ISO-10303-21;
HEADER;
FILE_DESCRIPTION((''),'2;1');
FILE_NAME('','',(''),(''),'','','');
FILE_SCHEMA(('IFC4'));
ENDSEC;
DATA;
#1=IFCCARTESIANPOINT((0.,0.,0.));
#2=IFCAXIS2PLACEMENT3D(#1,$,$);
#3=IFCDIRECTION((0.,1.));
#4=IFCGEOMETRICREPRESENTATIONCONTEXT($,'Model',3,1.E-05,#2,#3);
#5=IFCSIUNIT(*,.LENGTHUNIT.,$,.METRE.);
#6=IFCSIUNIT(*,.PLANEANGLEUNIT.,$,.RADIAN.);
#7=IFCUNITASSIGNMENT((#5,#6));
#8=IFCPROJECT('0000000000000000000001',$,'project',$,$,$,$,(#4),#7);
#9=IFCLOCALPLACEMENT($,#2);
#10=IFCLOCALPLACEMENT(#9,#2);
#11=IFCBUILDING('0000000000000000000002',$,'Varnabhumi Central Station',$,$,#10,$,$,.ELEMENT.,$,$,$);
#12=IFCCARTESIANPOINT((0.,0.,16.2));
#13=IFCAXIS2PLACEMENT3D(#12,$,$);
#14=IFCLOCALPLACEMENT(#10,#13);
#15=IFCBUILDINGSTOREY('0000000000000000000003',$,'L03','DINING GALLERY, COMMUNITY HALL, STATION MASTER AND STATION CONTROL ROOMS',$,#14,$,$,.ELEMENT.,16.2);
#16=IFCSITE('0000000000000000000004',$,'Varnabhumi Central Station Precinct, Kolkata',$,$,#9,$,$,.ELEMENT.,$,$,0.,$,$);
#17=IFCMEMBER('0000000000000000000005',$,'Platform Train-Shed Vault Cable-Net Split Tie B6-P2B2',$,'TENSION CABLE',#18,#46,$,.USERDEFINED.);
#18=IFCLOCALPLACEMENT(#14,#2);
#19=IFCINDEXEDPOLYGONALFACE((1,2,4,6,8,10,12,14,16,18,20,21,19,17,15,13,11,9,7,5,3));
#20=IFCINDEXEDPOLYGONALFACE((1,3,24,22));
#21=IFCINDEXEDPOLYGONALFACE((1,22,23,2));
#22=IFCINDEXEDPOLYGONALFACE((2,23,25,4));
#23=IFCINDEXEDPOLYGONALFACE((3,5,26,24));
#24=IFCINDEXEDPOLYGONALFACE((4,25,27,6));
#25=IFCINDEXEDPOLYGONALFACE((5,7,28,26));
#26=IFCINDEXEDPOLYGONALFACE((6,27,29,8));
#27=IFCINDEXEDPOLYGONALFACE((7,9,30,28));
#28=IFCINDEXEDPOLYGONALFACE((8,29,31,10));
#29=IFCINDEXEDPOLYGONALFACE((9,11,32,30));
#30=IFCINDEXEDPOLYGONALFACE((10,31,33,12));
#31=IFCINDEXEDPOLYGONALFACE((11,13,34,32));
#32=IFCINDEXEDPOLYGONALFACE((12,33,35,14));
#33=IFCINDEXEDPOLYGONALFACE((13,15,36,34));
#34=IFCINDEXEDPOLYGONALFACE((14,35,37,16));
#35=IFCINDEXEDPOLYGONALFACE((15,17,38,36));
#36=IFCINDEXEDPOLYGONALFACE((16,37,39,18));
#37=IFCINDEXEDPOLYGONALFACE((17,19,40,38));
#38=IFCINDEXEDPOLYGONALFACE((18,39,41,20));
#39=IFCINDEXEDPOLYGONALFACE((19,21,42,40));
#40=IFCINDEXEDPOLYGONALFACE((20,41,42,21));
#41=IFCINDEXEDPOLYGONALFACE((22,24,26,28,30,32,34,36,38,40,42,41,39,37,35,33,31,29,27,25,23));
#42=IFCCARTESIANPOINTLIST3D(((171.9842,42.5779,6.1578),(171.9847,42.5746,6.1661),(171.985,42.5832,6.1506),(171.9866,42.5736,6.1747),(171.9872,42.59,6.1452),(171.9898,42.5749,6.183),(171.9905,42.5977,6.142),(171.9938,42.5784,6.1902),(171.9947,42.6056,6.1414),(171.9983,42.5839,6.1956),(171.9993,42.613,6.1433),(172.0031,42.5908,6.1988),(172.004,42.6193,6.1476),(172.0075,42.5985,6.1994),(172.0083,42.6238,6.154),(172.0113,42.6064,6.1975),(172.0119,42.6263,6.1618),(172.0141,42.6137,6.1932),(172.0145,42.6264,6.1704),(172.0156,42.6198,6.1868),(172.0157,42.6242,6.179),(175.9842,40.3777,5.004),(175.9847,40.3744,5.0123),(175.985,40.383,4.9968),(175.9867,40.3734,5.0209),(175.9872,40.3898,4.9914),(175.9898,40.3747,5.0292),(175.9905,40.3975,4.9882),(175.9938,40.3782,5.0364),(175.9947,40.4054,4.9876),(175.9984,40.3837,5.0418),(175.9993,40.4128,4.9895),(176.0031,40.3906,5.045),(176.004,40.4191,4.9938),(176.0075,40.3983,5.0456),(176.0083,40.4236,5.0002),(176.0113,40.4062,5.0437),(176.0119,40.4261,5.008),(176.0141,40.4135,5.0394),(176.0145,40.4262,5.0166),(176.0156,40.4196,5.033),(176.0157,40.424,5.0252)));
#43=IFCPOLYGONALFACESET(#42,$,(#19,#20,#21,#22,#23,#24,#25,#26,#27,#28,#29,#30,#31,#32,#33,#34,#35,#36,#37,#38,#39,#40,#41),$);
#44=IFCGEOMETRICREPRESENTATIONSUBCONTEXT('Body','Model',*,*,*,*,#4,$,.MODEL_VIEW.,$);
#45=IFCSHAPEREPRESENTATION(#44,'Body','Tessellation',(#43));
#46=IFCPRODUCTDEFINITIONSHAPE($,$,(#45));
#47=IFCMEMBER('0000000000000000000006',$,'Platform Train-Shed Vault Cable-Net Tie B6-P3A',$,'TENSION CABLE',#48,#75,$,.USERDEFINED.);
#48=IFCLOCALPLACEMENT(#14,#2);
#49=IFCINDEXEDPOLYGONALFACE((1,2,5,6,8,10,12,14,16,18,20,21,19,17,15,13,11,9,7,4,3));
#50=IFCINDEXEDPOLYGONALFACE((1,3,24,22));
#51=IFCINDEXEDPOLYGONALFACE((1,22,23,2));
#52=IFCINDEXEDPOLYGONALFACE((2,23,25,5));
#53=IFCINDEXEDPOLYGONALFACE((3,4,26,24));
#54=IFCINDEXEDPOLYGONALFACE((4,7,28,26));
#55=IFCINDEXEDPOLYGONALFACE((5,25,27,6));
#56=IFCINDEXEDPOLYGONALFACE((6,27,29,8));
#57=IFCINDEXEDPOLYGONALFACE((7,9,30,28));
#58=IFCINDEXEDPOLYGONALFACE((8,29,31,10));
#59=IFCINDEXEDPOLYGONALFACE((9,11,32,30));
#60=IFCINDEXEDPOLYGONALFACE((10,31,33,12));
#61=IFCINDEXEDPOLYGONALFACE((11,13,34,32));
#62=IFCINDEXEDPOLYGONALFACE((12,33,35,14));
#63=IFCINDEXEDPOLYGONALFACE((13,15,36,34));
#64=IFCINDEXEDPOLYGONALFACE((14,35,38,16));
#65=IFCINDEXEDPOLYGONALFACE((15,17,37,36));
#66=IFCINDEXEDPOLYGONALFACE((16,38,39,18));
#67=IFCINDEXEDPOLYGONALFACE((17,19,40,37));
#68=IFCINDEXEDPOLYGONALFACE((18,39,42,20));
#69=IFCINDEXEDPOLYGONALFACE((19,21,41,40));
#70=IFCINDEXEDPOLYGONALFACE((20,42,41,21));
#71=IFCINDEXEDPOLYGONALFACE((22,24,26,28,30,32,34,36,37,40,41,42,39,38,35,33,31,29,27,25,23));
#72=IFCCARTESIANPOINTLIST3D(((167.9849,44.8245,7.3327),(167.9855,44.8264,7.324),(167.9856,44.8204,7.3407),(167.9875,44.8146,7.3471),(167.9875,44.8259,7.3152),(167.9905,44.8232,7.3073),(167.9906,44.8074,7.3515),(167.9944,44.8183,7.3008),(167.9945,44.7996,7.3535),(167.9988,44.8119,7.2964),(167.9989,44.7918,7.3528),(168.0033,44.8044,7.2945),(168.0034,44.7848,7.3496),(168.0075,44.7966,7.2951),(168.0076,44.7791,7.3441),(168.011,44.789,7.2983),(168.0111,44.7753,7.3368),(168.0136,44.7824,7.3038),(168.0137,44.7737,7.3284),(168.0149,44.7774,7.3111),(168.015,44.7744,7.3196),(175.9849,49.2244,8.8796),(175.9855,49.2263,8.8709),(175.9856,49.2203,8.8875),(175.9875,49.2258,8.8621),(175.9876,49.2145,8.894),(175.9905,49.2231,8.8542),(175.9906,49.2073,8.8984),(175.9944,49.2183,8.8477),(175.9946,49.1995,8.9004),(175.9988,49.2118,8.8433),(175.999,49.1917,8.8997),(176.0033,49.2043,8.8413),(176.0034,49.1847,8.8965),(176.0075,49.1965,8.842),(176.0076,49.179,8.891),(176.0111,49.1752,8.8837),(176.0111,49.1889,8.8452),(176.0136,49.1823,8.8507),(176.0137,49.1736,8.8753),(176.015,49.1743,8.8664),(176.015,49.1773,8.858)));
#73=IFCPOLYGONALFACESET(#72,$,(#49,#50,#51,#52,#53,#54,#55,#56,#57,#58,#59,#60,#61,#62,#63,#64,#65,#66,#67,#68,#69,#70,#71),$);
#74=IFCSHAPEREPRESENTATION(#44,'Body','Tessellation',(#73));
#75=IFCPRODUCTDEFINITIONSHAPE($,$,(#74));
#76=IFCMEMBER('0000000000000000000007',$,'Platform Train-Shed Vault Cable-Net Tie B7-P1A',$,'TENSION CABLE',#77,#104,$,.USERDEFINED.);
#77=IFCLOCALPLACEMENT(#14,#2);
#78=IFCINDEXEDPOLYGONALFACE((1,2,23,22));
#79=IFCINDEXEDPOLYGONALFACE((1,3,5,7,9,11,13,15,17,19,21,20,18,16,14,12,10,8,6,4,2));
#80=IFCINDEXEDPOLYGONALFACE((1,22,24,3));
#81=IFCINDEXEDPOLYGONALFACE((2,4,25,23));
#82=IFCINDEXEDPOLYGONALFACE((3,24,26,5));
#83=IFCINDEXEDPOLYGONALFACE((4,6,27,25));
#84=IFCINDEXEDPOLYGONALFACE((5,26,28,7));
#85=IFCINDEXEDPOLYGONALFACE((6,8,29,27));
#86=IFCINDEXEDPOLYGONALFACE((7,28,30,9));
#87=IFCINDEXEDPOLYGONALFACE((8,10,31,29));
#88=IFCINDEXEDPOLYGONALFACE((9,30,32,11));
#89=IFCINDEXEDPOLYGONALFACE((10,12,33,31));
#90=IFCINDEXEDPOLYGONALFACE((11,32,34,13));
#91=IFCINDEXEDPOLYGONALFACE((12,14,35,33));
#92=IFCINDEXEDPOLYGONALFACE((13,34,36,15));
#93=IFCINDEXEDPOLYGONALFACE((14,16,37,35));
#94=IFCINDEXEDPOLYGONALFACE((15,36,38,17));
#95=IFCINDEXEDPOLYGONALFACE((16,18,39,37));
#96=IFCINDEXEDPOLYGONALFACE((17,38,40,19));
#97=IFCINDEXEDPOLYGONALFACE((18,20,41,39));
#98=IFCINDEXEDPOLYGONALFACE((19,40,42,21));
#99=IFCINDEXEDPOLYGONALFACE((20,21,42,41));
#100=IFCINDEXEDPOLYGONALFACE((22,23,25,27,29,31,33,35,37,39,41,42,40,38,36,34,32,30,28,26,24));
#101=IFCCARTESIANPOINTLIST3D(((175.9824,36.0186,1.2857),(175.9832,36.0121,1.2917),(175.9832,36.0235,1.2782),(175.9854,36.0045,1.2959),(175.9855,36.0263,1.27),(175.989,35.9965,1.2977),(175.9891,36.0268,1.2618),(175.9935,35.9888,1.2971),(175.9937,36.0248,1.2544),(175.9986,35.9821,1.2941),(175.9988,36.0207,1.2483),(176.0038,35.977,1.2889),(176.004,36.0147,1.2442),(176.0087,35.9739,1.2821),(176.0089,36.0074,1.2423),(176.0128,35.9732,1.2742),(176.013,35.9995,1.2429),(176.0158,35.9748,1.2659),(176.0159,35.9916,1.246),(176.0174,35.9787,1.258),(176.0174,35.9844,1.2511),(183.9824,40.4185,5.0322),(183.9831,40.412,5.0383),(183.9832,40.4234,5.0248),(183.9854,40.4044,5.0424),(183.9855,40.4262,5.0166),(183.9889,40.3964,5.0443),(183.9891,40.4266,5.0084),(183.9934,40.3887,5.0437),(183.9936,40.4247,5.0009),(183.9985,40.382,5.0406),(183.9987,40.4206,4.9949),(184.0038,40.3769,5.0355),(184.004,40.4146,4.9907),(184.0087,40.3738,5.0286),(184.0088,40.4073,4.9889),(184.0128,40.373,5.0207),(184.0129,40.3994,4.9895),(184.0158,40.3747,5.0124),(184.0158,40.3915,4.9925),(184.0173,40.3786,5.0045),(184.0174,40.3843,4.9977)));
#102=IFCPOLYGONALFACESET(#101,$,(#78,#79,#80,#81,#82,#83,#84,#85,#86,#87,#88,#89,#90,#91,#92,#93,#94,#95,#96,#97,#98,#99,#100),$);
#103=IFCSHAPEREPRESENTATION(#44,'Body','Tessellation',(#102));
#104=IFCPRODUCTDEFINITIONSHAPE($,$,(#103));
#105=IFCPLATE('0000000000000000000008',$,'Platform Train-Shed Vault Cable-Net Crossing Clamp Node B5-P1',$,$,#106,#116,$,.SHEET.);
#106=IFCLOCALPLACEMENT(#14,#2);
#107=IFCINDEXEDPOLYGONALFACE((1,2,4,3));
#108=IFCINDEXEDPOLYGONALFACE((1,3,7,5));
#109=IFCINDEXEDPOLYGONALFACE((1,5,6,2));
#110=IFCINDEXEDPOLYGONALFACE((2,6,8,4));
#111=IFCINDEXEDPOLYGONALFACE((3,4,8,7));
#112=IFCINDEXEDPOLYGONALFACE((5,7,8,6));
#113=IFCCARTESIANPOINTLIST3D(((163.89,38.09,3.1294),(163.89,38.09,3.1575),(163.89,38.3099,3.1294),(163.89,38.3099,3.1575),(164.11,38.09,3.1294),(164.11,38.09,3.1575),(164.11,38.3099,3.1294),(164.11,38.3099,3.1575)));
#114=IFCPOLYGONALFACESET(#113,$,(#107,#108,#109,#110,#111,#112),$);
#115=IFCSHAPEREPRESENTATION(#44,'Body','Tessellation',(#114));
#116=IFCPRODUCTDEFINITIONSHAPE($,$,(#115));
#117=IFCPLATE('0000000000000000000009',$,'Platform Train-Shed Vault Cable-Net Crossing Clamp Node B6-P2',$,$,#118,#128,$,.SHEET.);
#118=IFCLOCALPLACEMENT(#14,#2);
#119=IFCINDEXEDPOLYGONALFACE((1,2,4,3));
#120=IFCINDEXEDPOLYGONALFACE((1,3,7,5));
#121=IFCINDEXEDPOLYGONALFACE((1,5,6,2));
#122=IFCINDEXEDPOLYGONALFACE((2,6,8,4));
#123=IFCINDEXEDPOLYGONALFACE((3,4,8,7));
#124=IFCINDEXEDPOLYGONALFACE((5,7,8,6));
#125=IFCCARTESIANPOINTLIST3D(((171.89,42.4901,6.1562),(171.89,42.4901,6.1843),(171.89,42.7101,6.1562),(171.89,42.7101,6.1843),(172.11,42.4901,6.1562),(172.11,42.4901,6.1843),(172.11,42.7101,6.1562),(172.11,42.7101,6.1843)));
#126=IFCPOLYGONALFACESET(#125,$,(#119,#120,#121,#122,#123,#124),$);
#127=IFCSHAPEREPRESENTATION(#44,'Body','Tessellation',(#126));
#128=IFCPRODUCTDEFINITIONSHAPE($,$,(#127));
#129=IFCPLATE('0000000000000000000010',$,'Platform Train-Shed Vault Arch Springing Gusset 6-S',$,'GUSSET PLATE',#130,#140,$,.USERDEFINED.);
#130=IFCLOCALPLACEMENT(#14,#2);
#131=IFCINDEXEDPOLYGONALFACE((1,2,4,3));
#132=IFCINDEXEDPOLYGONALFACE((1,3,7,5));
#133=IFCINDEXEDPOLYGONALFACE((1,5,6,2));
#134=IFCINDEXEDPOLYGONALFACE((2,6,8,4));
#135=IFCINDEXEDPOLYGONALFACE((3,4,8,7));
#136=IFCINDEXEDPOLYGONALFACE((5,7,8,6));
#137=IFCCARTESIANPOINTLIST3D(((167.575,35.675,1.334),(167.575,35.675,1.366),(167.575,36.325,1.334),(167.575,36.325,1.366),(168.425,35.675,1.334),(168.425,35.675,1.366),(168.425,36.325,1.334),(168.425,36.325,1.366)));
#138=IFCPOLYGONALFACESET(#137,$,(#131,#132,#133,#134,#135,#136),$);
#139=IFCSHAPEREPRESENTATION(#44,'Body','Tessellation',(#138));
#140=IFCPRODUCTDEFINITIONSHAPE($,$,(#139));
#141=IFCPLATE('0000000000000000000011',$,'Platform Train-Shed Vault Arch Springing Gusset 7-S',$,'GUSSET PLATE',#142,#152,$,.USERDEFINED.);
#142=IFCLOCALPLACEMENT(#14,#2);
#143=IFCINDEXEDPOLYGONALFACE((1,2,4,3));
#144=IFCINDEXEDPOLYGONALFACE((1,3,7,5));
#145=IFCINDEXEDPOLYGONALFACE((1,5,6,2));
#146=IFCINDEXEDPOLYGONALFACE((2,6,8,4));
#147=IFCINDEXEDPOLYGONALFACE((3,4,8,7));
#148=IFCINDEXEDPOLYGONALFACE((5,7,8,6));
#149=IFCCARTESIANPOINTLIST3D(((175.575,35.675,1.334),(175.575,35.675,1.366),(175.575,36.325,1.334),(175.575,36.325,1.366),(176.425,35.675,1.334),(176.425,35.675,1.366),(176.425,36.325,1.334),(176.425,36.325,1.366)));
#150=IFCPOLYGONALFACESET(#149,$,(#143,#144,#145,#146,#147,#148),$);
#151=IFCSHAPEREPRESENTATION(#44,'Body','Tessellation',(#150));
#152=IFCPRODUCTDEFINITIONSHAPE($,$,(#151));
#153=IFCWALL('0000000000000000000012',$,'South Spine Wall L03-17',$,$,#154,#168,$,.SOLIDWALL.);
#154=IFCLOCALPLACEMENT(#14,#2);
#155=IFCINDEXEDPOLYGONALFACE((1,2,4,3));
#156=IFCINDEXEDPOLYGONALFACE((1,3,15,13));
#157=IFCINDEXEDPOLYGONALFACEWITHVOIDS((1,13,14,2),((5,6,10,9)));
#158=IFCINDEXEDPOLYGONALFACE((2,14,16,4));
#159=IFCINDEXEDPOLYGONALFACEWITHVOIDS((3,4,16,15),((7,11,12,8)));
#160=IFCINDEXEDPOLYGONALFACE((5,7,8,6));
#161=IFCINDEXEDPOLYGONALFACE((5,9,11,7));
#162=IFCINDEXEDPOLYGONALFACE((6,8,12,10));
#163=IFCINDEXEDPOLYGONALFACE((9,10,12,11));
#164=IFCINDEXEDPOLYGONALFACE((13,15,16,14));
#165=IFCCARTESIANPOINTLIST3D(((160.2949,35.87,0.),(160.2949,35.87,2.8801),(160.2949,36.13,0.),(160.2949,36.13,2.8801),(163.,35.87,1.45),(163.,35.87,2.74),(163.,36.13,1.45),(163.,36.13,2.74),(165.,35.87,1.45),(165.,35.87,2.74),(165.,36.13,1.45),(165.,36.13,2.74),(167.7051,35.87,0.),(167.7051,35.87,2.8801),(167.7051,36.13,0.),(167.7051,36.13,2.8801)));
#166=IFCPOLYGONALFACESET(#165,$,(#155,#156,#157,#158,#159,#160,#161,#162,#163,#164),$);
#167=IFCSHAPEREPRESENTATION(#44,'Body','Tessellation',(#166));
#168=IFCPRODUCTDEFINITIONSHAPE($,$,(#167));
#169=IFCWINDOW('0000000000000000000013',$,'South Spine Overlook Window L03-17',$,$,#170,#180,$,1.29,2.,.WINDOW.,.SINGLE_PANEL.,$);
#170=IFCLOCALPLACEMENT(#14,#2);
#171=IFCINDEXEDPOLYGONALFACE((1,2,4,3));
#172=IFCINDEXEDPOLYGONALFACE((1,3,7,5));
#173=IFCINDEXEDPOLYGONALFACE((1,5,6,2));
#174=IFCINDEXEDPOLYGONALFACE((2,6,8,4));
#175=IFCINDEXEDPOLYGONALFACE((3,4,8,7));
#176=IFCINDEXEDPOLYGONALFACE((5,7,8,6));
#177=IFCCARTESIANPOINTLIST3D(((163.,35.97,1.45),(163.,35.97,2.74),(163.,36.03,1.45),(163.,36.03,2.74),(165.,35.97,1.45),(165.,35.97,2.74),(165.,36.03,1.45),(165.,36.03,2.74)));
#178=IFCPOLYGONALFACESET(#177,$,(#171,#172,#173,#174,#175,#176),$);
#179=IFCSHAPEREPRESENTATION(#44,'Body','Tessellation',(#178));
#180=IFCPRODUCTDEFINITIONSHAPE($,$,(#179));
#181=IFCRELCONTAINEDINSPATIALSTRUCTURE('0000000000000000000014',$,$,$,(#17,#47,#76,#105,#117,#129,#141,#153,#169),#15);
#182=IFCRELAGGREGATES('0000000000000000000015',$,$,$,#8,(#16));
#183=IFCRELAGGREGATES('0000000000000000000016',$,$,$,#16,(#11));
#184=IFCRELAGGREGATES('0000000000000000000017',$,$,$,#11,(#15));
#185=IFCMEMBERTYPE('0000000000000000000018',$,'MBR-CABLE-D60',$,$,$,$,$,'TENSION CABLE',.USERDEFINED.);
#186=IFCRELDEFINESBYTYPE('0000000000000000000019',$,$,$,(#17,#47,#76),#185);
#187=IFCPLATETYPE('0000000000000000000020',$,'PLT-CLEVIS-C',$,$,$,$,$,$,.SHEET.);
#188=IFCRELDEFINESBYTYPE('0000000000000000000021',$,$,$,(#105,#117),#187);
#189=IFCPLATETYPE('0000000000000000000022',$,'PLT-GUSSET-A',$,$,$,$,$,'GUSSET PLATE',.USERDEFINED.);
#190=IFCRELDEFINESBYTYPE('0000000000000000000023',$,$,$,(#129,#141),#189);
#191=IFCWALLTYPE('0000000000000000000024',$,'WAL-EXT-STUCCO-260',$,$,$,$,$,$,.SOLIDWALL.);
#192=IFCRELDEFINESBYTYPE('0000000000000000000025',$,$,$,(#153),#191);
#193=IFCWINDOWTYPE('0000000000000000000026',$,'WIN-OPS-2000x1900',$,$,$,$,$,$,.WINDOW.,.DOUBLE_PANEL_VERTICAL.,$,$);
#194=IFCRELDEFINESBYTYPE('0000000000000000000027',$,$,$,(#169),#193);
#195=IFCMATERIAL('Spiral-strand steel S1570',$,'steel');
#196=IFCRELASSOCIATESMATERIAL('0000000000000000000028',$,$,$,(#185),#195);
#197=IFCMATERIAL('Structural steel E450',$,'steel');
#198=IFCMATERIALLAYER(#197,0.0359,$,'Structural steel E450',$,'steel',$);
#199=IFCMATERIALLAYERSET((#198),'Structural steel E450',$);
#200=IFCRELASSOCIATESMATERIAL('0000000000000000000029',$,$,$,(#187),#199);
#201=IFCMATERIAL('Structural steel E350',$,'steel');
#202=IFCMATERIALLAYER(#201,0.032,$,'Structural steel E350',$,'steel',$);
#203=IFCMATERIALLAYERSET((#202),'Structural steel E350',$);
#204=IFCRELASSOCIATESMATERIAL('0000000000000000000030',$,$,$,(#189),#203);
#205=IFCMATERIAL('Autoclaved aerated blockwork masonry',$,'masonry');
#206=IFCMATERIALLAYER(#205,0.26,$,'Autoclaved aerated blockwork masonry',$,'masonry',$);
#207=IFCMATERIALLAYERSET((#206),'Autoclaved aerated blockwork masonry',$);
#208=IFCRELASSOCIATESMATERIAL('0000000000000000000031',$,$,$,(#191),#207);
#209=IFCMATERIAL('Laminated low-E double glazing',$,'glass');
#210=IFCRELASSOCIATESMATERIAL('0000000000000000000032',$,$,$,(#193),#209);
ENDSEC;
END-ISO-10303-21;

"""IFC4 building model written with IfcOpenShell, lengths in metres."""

from ifc_helpers import new_model, si_unit, direction, frame, frame_2d, origin, origin_2d, place, context, subcontext, project, spatial, rectangle, circle, extrude, material, layer, layer_set, material_profile, profile_set, type_object, element, fill, save


model = new_model("IFC4")

# Units and contexts
model_context = context("Model", 3, precision=1e-05, world=origin(), true_north=direction((0.0, 1.0)))
body_context = subcontext(model_context, "Body", "Model", "MODEL_VIEW")
ifc_project = project(units=[si_unit("LENGTHUNIT", "METRE"), si_unit("PLANEANGLEUNIT", "RADIAN")], contexts=[model_context])

# Site, building, storey
site_placement = place(None, origin())
site = spatial("IfcSite", under=ifc_project, at=site_placement, Name="Varnabhumi Central Station Precinct, Kolkata", CompositionType="ELEMENT", RefElevation=0.0)
building_placement = place(site_placement, origin())
building = spatial("IfcBuilding", under=site, at=building_placement, Name="Varnabhumi Central Station", CompositionType="ELEMENT")
storey_placement = place(building_placement, frame((0.0, 0.0, 16.2)))
storey = spatial("IfcBuildingStorey", under=building, at=storey_placement, Name="L03", Description="DINING GALLERY, COMMUNITY HALL, STATION MASTER AND STATION CONTROL ROOMS", CompositionType="ELEMENT", Elevation=16.2)

# Shared definitions
ifc_material_1 = material(Name="Structural steel E450", Category="steel")
ifc_material_2 = material(Name="Structural steel E350", Category="steel")

# Members
ifc_material_3 = material(Name="Spiral-strand steel S1570", Category="steel")
ifc_material_profile_1 = material_profile(ifc_material_3, circle(Radius=0.03, at=origin_2d()), Name="Spiral-strand steel S1570", Category="steel")
ifc_profile_set_1 = profile_set([ifc_material_profile_1], Name="Spiral-strand steel S1570")
member_type = type_object("IfcMemberType", Name="MBR-CABLE-D60", ElementType="TENSION CABLE", PredefinedType="USERDEFINED", material=ifc_profile_set_1)
member_1_placement = place(storey_placement, frame((172.0, 42.6001, 6.1704), z_axis=(0.849486, -0.467259, -0.245036), x_axis=(0.481952, 0.876198, 0.0)))
element("IfcMember", 1, at=member_1_placement, inside=storey, type_object=member_type, Name="Platform Train-Shed Vault Cable-Net Split Tie B6-P2B2", ObjectType="TENSION CABLE", PredefinedType="USERDEFINED", context=body_context, shape_type="SweptSolid", body=[
    extrude(circle(Radius=0.03, at=origin_2d()), origin(), (0.0, 0.0, 1.0), 4.7087),
])
member_2_placement = place(storey_placement, frame((168.0, 44.8, 7.324), z_axis=(0.863909, 0.475139, 0.167045), x_axis=(-0.481911, 0.87622, 0.0)))
element("IfcMember", 2, at=member_2_placement, inside=storey, type_object=member_type, Name="Platform Train-Shed Vault Cable-Net Tie B6-P3A", ObjectType="TENSION CABLE", PredefinedType="USERDEFINED", context=body_context, shape_type="SweptSolid", body=[
    extrude(circle(Radius=0.03, at=origin_2d()), origin(), (0.0, 0.0, 1.0), 9.2603),
])
member_3_placement = place(storey_placement, frame((176.0, 36.0, 1.27), z_axis=(0.810624, 0.445833, 0.379634), x_axis=(-0.481911, 0.87622, 0.0)))
element("IfcMember", 3, at=member_3_placement, inside=storey, type_object=member_type, Name="Platform Train-Shed Vault Cable-Net Tie B7-P1A", ObjectType="TENSION CABLE", PredefinedType="USERDEFINED", context=body_context, shape_type="SweptSolid", body=[
    extrude(circle(Radius=0.03, at=origin_2d()), origin(), (0.0, 0.0, 1.0), 9.8689),
])

# Plates
ifc_layer_1 = layer(ifc_material_1, 0.0359, Name="Structural steel E450", Category="steel")
ifc_layer_set_1 = layer_set([ifc_layer_1], Name="Structural steel E450")
plate_type_1 = type_object("IfcPlateType", Name="PLT-CLEVIS-C", PredefinedType="SHEET", material=ifc_layer_set_1)
for number, where, z_axis, x_axis, name in (
    (4, (164.0, 38.2, 3.1294), (0.0, 0.0, 1.0), (1.0, 0.0, 0.0), "Platform Train-Shed Vault Cable-Net Crossing Clamp Node B5-P1"),
    (5, (172.0, 42.6001, 6.1562), (0.0, 0.0, 1.0), (1.0, 0.0, 0.0), "Platform Train-Shed Vault Cable-Net Crossing Clamp Node B6-P2"),
):
    element("IfcPlate", number, at=place(storey_placement, frame(where, z_axis=z_axis, x_axis=x_axis)), inside=storey, type_object=plate_type_1, Name=name, PredefinedType="SHEET", context=body_context, shape_type="SweptSolid", body=[
        extrude(rectangle(XDim=0.22, YDim=0.22, at=origin_2d()), origin(), (0.0, 0.0, 1.0), 0.0281),
    ])
ifc_layer_2 = layer(ifc_material_2, 0.032, Name="Structural steel E350", Category="steel")
ifc_layer_set_2 = layer_set([ifc_layer_2], Name="Structural steel E350")
plate_type_2 = type_object("IfcPlateType", Name="PLT-GUSSET-A", ElementType="GUSSET PLATE", PredefinedType="USERDEFINED", material=ifc_layer_set_2)
for number, where, z_axis, x_axis, name in (
    (6, (168.0, 36.0, 1.334), (0.0, 0.0, 1.0), (1.0, 0.0, 0.0), "Platform Train-Shed Vault Arch Springing Gusset 6-S"),
    (7, (176.0, 36.0, 1.334), (0.0, 0.0, 1.0), (1.0, 0.0, 0.0), "Platform Train-Shed Vault Arch Springing Gusset 7-S"),
):
    element("IfcPlate", number, at=place(storey_placement, frame(where, z_axis=z_axis, x_axis=x_axis)), inside=storey, type_object=plate_type_2, Name=name, ObjectType="GUSSET PLATE", PredefinedType="USERDEFINED", context=body_context, shape_type="SweptSolid", body=[
        extrude(rectangle(XDim=0.8501, YDim=0.6499, at=origin_2d()), origin(), (0.0, 0.0, 1.0), 0.032),
    ])

# Wall, opening, window
ifc_material_4 = material(Name="Autoclaved aerated blockwork masonry", Category="masonry")
ifc_layer_3 = layer(ifc_material_4, 0.26, Name="Autoclaved aerated blockwork masonry", Category="masonry")
ifc_layer_set_3 = layer_set([ifc_layer_3], Name="Autoclaved aerated blockwork masonry")
wall_type = type_object("IfcWallType", Name="WAL-EXT-STUCCO-260", PredefinedType="SOLIDWALL", material=ifc_layer_set_3)
wall_1_placement = place(storey_placement, frame((160.2949, 36.0, 0.0), z_axis=(0.0, 0.0, 1.0), x_axis=(1.0, 0.0, 0.0)))
wall_1 = element("IfcWall", 8, at=wall_1_placement, inside=storey, type_object=wall_type, Name="South Spine Wall L03-17", PredefinedType="SOLIDWALL", context=body_context, shape_type="SweptSolid", body=[
    extrude(rectangle(XDim=7.4102, YDim=0.26, at=frame_2d((3.7051, 0.0))), origin(), (0.0, 0.0, 1.0), 2.8801),
])
opening_1_placement = place(wall_1_placement, frame((2.7051, 0.0, 1.45)))
opening_1 = element("IfcOpeningElement", 9, at=opening_1_placement, cuts=wall_1, PredefinedType="OPENING", context=body_context, shape_type="SweptSolid", body=[
    extrude(rectangle(XDim=2.0, YDim=1.29, at=frame_2d((1.0, 0.645))), frame((0.0, 0.1399, 0.0), z_axis=(0.0, -1.0, 0.0), x_axis=(1.0, 0.0, 0.0)), (0.0, 0.0, 1.0), 0.28),
])
ifc_material_5 = material(Name="Laminated low-E double glazing", Category="glass")
window_type = type_object("IfcWindowType", Name="WIN-OPS-2000x1900", PartitioningType="DOUBLE_PANEL_VERTICAL", PredefinedType="WINDOW", material=ifc_material_5)
window_1_placement = place(opening_1_placement, origin())
window_1 = element("IfcWindow", 10, at=window_1_placement, inside=storey, type_object=window_type, Name="South Spine Overlook Window L03-17", OverallHeight=1.29, OverallWidth=2.0, PartitioningType="SINGLE_PANEL", PredefinedType="WINDOW", context=body_context, shape_type="SweptSolid", body=[
    extrude(rectangle(XDim=2.0, YDim=1.29, at=frame_2d((1.0, 0.645))), frame((0.0, 0.03, 0.0), z_axis=(0.0, -1.0, 0.0), x_axis=(1.0, 0.0, 0.0)), (0.0, 0.0, 1.0), 0.0601),
])
fill(opening_1, window_1)

save(model, "model.ifc")
